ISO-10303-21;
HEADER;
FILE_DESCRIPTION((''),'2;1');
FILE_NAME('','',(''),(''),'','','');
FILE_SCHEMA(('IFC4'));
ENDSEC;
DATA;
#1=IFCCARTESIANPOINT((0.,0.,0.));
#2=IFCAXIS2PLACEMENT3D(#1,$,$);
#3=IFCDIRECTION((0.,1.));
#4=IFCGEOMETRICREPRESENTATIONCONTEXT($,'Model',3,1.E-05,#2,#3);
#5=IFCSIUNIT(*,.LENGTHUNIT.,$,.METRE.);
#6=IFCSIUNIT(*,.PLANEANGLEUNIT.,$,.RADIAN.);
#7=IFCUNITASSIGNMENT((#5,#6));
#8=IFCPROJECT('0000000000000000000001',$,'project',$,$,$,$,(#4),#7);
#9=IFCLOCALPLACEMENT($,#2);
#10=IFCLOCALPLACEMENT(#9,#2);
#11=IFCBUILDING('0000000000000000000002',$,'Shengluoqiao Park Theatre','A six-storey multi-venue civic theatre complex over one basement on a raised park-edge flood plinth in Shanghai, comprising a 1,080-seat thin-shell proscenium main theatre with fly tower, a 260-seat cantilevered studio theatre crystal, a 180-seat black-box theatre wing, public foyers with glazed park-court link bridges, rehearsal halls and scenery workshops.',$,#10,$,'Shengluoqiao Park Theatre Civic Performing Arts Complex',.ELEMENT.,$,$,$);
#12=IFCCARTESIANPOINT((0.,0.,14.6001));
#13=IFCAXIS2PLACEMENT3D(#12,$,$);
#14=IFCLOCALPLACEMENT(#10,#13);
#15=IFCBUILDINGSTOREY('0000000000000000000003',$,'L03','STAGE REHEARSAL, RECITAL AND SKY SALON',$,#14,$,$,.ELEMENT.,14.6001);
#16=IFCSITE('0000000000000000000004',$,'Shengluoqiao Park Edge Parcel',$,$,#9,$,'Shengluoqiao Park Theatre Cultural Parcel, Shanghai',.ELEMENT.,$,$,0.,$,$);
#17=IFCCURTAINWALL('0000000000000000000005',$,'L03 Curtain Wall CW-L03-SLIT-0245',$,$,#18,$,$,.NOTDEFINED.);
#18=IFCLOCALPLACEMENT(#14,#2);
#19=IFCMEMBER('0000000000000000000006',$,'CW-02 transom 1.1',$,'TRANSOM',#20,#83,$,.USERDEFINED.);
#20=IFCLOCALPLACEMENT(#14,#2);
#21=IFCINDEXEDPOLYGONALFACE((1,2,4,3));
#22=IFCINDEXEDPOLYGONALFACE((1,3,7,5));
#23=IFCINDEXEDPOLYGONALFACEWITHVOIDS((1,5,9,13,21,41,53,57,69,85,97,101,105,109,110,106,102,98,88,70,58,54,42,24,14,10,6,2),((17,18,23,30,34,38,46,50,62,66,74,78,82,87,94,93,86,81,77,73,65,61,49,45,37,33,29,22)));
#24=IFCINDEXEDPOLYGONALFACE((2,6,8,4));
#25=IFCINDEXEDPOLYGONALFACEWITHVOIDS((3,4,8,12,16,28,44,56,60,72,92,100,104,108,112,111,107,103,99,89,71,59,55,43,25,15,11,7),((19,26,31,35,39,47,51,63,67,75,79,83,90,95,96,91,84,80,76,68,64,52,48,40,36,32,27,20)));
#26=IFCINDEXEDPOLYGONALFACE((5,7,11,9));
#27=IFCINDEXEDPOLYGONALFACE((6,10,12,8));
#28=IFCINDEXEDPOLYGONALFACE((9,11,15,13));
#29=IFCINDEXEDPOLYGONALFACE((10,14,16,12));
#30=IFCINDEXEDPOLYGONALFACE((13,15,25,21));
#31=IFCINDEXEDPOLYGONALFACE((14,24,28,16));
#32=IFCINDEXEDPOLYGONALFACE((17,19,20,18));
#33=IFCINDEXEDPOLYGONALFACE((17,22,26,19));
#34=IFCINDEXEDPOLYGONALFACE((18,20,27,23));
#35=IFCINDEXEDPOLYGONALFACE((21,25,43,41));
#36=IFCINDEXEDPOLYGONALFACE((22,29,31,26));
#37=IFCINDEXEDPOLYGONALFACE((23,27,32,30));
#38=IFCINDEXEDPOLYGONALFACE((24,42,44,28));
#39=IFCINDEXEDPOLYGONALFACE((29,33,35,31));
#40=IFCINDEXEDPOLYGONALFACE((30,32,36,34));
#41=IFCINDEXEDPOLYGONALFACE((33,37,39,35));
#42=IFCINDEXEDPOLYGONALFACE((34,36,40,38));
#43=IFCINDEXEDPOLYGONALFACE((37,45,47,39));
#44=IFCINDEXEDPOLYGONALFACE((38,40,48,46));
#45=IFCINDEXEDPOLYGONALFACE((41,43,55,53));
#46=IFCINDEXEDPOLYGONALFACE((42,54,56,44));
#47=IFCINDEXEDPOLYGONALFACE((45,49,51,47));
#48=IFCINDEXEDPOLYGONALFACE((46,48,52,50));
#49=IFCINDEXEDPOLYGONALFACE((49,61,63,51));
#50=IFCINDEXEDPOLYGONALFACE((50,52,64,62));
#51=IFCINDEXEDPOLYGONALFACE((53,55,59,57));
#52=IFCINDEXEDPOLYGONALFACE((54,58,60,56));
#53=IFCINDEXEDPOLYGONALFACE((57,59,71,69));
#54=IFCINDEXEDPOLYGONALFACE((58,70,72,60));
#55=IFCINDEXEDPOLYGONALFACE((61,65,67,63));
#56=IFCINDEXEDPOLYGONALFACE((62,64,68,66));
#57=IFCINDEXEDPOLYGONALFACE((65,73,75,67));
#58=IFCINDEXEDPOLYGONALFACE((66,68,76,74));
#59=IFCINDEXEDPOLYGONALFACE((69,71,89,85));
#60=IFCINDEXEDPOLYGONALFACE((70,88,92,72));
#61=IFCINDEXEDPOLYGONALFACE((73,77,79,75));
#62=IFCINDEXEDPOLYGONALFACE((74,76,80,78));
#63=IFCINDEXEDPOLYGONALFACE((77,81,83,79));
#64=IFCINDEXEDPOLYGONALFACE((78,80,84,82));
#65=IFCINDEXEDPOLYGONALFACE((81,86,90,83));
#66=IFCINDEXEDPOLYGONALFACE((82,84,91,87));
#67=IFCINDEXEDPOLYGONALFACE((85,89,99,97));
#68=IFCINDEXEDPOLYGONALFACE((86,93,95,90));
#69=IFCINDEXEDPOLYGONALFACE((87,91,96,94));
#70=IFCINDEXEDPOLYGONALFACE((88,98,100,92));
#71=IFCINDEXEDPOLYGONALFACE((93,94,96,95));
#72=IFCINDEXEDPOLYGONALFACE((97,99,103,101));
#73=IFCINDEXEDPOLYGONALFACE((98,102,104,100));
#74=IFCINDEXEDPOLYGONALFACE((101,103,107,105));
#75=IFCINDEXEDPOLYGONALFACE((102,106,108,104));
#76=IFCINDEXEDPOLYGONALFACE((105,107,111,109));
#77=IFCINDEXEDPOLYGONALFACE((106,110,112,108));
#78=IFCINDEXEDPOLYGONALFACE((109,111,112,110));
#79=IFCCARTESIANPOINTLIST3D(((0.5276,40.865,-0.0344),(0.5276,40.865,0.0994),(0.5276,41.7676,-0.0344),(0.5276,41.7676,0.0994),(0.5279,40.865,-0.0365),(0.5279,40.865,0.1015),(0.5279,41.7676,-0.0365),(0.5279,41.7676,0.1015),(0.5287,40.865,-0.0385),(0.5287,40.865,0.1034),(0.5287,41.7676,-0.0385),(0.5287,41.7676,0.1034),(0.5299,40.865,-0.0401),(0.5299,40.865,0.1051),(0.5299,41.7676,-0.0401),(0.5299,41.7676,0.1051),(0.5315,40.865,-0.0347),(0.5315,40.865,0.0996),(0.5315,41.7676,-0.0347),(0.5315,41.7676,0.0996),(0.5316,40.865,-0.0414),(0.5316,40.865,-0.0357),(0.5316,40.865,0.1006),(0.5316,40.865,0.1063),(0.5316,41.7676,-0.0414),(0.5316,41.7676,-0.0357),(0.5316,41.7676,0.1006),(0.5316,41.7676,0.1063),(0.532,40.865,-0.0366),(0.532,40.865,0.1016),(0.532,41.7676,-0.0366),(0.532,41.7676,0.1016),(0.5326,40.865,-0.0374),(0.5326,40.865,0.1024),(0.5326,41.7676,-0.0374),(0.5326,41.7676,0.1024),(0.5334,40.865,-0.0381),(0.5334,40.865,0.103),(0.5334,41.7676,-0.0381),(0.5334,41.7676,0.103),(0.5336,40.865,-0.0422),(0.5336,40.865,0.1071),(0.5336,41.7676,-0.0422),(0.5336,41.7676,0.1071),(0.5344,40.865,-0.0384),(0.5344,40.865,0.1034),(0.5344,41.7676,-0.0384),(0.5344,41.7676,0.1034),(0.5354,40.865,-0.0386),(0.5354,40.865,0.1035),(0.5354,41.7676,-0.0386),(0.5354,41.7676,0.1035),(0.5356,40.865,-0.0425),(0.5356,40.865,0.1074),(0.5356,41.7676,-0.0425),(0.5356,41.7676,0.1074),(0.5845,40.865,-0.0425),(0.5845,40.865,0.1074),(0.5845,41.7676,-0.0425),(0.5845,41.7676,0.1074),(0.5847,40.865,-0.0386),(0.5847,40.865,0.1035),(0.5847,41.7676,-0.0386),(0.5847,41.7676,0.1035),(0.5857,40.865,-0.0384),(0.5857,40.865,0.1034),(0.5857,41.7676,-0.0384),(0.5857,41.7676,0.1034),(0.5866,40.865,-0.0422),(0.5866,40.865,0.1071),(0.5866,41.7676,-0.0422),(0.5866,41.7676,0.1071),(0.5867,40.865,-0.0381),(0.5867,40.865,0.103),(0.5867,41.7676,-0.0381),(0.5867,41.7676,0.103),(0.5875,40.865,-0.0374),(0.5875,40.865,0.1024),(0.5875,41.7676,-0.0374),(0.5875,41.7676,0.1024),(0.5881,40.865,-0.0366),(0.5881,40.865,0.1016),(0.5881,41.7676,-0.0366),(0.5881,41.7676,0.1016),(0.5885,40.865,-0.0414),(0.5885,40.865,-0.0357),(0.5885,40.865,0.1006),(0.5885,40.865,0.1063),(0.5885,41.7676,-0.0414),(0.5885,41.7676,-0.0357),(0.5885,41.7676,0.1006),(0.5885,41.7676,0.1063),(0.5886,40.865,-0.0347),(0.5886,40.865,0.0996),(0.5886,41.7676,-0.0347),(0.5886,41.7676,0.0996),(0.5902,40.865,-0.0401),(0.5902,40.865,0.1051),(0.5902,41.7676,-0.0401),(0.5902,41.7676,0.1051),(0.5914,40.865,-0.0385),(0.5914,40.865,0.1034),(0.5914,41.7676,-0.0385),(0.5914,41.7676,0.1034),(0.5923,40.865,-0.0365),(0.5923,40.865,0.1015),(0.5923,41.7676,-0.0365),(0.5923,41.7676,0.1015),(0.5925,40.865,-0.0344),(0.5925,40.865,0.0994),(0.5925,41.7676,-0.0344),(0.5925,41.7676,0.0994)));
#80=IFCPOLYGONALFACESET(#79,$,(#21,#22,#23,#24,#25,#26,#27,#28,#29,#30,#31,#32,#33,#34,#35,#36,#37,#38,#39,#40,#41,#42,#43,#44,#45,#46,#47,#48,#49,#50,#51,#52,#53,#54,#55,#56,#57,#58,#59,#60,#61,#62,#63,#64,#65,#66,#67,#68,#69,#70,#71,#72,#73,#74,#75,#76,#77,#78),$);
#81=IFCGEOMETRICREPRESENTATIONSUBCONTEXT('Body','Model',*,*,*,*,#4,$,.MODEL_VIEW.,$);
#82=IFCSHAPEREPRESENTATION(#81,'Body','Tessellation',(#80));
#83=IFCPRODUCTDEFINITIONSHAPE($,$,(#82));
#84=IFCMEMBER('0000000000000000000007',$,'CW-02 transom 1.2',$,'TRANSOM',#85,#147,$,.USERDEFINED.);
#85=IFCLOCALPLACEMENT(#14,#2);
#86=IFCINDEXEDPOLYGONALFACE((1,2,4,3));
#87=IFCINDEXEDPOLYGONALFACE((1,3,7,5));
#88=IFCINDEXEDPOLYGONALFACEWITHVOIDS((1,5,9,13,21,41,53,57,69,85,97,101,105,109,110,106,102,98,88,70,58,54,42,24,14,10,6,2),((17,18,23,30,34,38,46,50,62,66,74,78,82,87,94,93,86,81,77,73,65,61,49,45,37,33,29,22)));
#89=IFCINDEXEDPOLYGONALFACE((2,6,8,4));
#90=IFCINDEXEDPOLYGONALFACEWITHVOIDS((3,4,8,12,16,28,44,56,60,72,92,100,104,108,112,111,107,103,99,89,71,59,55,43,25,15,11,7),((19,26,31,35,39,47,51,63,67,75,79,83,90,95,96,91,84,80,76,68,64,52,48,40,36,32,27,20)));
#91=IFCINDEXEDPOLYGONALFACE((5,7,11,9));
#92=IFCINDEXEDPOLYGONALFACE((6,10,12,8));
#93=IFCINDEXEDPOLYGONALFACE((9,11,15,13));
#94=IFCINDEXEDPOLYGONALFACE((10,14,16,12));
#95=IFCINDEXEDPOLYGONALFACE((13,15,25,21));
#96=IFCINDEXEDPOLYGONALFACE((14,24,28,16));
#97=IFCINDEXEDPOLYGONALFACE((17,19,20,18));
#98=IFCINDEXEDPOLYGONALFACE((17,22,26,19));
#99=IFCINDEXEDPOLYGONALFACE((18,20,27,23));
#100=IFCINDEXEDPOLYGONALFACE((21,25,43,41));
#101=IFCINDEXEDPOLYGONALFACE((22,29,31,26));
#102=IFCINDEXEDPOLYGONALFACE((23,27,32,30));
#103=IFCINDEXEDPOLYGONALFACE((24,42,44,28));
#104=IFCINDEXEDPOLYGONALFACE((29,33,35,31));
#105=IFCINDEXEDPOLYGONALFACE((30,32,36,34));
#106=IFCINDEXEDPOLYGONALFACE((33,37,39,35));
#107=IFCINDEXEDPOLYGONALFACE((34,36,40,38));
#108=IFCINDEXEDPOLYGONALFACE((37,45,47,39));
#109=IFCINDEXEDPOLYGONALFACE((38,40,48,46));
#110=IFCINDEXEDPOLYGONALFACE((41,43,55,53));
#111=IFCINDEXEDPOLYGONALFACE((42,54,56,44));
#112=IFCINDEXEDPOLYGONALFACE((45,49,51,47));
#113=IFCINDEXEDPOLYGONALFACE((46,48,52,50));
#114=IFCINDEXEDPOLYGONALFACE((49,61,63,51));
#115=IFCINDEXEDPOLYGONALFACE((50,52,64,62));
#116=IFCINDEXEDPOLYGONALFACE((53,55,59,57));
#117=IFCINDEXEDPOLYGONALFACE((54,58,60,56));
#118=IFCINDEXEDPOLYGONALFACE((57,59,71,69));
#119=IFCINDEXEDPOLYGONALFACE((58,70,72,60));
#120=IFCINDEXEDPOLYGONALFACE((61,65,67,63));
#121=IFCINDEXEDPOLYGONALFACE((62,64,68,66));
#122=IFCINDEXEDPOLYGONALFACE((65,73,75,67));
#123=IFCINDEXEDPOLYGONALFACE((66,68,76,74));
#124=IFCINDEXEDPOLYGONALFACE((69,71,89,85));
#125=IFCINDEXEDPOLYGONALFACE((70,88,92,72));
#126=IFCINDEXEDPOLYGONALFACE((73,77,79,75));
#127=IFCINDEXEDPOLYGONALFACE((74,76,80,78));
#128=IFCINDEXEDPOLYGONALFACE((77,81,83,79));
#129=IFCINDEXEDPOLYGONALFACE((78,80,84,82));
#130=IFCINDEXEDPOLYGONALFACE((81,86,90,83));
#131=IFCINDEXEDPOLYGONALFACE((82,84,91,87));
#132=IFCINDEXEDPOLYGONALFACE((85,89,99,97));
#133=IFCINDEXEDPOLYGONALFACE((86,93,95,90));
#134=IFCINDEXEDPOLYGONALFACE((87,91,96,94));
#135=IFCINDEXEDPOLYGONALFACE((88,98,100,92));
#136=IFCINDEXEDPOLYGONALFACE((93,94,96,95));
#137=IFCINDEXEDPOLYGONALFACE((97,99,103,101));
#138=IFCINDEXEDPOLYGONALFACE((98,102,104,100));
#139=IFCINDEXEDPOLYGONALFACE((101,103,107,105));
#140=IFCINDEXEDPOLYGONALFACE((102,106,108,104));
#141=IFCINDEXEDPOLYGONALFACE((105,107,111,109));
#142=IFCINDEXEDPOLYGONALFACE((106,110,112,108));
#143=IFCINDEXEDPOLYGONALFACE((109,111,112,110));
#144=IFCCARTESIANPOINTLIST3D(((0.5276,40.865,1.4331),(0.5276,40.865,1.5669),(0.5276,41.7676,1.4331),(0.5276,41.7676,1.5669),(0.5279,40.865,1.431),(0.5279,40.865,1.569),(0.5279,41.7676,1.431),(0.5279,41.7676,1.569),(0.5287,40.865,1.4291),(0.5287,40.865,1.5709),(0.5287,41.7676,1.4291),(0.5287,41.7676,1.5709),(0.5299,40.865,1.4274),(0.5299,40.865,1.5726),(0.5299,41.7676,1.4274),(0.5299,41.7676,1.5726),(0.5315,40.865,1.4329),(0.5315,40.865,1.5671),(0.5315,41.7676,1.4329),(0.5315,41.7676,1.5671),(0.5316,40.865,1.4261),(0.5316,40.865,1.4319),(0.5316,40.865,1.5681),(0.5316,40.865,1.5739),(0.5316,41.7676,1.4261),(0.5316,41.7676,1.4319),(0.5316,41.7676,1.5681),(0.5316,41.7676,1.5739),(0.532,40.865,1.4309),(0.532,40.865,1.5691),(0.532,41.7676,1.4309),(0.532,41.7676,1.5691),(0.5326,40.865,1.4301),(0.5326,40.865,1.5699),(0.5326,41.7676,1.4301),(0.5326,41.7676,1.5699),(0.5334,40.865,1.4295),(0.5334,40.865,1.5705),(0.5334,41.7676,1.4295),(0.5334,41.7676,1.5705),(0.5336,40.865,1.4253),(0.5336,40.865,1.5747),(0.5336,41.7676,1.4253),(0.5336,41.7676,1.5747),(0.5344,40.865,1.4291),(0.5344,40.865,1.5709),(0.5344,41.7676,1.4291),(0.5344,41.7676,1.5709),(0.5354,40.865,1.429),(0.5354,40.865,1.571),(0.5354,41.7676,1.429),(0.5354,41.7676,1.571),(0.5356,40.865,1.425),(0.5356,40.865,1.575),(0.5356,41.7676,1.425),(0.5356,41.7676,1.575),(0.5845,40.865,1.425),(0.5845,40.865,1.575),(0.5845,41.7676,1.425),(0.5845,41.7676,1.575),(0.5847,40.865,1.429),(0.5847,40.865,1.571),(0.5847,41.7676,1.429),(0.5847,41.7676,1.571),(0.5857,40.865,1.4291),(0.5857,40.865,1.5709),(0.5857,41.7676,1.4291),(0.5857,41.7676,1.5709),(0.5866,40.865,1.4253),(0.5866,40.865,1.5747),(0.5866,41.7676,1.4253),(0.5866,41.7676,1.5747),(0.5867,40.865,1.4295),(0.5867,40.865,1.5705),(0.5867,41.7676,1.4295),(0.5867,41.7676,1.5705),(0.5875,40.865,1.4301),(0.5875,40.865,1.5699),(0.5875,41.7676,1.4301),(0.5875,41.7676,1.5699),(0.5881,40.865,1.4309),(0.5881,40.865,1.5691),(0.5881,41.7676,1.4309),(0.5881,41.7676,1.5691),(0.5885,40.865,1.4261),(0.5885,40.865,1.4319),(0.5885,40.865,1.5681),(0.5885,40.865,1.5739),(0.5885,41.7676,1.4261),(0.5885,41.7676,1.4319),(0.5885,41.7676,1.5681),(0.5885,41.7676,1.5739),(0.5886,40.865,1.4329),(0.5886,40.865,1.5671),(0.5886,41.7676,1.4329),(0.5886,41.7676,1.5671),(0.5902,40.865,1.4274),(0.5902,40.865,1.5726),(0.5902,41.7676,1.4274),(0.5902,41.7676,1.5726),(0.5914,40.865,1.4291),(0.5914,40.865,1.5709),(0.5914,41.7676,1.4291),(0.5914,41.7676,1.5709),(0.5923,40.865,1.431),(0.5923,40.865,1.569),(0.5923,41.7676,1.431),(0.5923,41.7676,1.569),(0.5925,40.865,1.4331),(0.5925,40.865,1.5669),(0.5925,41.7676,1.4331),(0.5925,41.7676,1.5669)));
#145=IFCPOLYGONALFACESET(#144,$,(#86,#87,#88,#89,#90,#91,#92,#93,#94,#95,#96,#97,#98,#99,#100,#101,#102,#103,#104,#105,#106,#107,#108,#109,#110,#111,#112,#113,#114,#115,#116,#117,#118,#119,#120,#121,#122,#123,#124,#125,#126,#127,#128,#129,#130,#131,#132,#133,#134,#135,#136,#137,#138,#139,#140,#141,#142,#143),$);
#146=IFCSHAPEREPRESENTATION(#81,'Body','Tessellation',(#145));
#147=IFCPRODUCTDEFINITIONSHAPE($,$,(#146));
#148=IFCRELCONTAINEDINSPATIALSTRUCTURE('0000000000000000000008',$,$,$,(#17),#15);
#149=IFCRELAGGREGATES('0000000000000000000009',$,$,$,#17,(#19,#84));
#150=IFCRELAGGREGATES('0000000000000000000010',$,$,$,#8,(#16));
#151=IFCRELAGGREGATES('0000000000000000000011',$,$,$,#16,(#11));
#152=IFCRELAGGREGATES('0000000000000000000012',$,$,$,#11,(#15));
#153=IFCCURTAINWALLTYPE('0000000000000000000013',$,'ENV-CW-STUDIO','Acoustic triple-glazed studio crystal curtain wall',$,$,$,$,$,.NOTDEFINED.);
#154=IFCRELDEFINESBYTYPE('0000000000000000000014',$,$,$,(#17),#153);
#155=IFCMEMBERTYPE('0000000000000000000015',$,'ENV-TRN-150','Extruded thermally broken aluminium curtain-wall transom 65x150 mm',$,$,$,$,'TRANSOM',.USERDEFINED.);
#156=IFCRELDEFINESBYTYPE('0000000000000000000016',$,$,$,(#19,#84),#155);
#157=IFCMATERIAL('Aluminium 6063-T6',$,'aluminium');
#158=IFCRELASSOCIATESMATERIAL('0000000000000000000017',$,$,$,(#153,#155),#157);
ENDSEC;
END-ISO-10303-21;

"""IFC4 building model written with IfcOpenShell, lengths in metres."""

from ifc_helpers import new_model, si_unit, direction, frame, origin, origin_2d, place, context, subcontext, project, spatial, hollow_rectangle, extrude, material, material_profile, profile_set, type_object, element, aggregate, save


model = new_model("IFC4")

# Units and contexts
model_context = context("Model", 3, precision=1e-05, world=origin(), true_north=direction((0.0, 1.0)))
body_context = subcontext(model_context, "Body", "Model", "MODEL_VIEW")
ifc_project = project(units=[si_unit("LENGTHUNIT", "METRE"), si_unit("PLANEANGLEUNIT", "RADIAN")], contexts=[model_context])

# Site, building, storey
site_placement = place(None, origin())
site = spatial("IfcSite", under=ifc_project, at=site_placement, Name="Shengluoqiao Park Edge Parcel", LongName="Shengluoqiao Park Theatre Cultural Parcel, Shanghai", CompositionType="ELEMENT", RefElevation=0.0)
building_placement = place(site_placement, origin())
building = spatial("IfcBuilding", under=site, at=building_placement, Name="Shengluoqiao Park Theatre", Description="A six-storey multi-venue civic theatre complex over one basement on a raised park-edge flood plinth in Shanghai, comprising a 1,080-seat thin-shell proscenium main theatre with fly tower, a 260-seat cantilevered studio theatre crystal, a 180-seat black-box theatre wing, public foyers with glazed park-court link bridges, rehearsal halls and scenery workshops.", LongName="Shengluoqiao Park Theatre Civic Performing Arts Complex", CompositionType="ELEMENT")
storey_placement = place(building_placement, frame((0.0, 0.0, 14.6001)))
storey = spatial("IfcBuildingStorey", under=building, at=storey_placement, Name="L03", Description="STAGE REHEARSAL, RECITAL AND SKY SALON", CompositionType="ELEMENT", Elevation=14.6001)

# Curtain wall
ifc_material_1 = material(Name="Aluminium 6063-T6", Category="aluminium")
curtain_wall_type = type_object("IfcCurtainWallType", Name="ENV-CW-STUDIO", Description="Acoustic triple-glazed studio crystal curtain wall", PredefinedType="NOTDEFINED", material=ifc_material_1)
curtain_wall_1_placement = place(storey_placement, origin())
curtain_wall_1 = element("IfcCurtainWall", 1, at=curtain_wall_1_placement, inside=storey, type_object=curtain_wall_type, Name="L03 Curtain Wall CW-L03-SLIT-0245", PredefinedType="NOTDEFINED")

# Members
ifc_material_profile_1 = material_profile(ifc_material_1, hollow_rectangle(XDim=0.0649, YDim=0.1499, WallThickness=0.0039, InnerFilletRadius=0.0039, OuterFilletRadius=0.0081, at=origin_2d()), Name="ALU TRANSOM 150x65x4")
ifc_profile_set_1 = profile_set([ifc_material_profile_1], Name="Aluminium 6063-T6")
member_type_1 = type_object("IfcMemberType", Name="ENV-TRN-150", Description="Extruded thermally broken aluminium curtain-wall transom 65x150 mm", ElementType="TRANSOM", PredefinedType="USERDEFINED", material=ifc_profile_set_1)
member_1_placement = place(storey_placement, frame((0.5601, 40.865, 0.0325), z_axis=(0.0, 1.0, 0.0), x_axis=(-1.0, 0.0, 0.0)))
member_1 = element("IfcMember", 2, at=member_1_placement, type_object=member_type_1, Name="CW-02 transom 1.1", ObjectType="TRANSOM", PredefinedType="USERDEFINED", context=body_context, shape_type="SweptSolid", body=[
    extrude(hollow_rectangle(XDim=0.0649, YDim=0.1499, WallThickness=0.0039, InnerFilletRadius=0.0039, OuterFilletRadius=0.0081, at=origin_2d()), origin(), (0.0, 0.0, 1.0), 0.9026),
])
member_2_placement = place(storey_placement, frame((0.5601, 40.865, 1.5), z_axis=(0.0, 1.0, 0.0), x_axis=(-1.0, 0.0, 0.0)))
member_2 = element("IfcMember", 3, at=member_2_placement, type_object=member_type_1, Name="CW-02 transom 1.2", ObjectType="TRANSOM", PredefinedType="USERDEFINED", context=body_context, shape_type="SweptSolid", body=[
    extrude(hollow_rectangle(XDim=0.0649, YDim=0.1499, WallThickness=0.0039, InnerFilletRadius=0.0039, OuterFilletRadius=0.0081, at=origin_2d()), origin(), (0.0, 0.0, 1.0), 0.9026),
])

aggregate(curtain_wall_1, [member_1, member_2])

save(model, "model.ifc")
